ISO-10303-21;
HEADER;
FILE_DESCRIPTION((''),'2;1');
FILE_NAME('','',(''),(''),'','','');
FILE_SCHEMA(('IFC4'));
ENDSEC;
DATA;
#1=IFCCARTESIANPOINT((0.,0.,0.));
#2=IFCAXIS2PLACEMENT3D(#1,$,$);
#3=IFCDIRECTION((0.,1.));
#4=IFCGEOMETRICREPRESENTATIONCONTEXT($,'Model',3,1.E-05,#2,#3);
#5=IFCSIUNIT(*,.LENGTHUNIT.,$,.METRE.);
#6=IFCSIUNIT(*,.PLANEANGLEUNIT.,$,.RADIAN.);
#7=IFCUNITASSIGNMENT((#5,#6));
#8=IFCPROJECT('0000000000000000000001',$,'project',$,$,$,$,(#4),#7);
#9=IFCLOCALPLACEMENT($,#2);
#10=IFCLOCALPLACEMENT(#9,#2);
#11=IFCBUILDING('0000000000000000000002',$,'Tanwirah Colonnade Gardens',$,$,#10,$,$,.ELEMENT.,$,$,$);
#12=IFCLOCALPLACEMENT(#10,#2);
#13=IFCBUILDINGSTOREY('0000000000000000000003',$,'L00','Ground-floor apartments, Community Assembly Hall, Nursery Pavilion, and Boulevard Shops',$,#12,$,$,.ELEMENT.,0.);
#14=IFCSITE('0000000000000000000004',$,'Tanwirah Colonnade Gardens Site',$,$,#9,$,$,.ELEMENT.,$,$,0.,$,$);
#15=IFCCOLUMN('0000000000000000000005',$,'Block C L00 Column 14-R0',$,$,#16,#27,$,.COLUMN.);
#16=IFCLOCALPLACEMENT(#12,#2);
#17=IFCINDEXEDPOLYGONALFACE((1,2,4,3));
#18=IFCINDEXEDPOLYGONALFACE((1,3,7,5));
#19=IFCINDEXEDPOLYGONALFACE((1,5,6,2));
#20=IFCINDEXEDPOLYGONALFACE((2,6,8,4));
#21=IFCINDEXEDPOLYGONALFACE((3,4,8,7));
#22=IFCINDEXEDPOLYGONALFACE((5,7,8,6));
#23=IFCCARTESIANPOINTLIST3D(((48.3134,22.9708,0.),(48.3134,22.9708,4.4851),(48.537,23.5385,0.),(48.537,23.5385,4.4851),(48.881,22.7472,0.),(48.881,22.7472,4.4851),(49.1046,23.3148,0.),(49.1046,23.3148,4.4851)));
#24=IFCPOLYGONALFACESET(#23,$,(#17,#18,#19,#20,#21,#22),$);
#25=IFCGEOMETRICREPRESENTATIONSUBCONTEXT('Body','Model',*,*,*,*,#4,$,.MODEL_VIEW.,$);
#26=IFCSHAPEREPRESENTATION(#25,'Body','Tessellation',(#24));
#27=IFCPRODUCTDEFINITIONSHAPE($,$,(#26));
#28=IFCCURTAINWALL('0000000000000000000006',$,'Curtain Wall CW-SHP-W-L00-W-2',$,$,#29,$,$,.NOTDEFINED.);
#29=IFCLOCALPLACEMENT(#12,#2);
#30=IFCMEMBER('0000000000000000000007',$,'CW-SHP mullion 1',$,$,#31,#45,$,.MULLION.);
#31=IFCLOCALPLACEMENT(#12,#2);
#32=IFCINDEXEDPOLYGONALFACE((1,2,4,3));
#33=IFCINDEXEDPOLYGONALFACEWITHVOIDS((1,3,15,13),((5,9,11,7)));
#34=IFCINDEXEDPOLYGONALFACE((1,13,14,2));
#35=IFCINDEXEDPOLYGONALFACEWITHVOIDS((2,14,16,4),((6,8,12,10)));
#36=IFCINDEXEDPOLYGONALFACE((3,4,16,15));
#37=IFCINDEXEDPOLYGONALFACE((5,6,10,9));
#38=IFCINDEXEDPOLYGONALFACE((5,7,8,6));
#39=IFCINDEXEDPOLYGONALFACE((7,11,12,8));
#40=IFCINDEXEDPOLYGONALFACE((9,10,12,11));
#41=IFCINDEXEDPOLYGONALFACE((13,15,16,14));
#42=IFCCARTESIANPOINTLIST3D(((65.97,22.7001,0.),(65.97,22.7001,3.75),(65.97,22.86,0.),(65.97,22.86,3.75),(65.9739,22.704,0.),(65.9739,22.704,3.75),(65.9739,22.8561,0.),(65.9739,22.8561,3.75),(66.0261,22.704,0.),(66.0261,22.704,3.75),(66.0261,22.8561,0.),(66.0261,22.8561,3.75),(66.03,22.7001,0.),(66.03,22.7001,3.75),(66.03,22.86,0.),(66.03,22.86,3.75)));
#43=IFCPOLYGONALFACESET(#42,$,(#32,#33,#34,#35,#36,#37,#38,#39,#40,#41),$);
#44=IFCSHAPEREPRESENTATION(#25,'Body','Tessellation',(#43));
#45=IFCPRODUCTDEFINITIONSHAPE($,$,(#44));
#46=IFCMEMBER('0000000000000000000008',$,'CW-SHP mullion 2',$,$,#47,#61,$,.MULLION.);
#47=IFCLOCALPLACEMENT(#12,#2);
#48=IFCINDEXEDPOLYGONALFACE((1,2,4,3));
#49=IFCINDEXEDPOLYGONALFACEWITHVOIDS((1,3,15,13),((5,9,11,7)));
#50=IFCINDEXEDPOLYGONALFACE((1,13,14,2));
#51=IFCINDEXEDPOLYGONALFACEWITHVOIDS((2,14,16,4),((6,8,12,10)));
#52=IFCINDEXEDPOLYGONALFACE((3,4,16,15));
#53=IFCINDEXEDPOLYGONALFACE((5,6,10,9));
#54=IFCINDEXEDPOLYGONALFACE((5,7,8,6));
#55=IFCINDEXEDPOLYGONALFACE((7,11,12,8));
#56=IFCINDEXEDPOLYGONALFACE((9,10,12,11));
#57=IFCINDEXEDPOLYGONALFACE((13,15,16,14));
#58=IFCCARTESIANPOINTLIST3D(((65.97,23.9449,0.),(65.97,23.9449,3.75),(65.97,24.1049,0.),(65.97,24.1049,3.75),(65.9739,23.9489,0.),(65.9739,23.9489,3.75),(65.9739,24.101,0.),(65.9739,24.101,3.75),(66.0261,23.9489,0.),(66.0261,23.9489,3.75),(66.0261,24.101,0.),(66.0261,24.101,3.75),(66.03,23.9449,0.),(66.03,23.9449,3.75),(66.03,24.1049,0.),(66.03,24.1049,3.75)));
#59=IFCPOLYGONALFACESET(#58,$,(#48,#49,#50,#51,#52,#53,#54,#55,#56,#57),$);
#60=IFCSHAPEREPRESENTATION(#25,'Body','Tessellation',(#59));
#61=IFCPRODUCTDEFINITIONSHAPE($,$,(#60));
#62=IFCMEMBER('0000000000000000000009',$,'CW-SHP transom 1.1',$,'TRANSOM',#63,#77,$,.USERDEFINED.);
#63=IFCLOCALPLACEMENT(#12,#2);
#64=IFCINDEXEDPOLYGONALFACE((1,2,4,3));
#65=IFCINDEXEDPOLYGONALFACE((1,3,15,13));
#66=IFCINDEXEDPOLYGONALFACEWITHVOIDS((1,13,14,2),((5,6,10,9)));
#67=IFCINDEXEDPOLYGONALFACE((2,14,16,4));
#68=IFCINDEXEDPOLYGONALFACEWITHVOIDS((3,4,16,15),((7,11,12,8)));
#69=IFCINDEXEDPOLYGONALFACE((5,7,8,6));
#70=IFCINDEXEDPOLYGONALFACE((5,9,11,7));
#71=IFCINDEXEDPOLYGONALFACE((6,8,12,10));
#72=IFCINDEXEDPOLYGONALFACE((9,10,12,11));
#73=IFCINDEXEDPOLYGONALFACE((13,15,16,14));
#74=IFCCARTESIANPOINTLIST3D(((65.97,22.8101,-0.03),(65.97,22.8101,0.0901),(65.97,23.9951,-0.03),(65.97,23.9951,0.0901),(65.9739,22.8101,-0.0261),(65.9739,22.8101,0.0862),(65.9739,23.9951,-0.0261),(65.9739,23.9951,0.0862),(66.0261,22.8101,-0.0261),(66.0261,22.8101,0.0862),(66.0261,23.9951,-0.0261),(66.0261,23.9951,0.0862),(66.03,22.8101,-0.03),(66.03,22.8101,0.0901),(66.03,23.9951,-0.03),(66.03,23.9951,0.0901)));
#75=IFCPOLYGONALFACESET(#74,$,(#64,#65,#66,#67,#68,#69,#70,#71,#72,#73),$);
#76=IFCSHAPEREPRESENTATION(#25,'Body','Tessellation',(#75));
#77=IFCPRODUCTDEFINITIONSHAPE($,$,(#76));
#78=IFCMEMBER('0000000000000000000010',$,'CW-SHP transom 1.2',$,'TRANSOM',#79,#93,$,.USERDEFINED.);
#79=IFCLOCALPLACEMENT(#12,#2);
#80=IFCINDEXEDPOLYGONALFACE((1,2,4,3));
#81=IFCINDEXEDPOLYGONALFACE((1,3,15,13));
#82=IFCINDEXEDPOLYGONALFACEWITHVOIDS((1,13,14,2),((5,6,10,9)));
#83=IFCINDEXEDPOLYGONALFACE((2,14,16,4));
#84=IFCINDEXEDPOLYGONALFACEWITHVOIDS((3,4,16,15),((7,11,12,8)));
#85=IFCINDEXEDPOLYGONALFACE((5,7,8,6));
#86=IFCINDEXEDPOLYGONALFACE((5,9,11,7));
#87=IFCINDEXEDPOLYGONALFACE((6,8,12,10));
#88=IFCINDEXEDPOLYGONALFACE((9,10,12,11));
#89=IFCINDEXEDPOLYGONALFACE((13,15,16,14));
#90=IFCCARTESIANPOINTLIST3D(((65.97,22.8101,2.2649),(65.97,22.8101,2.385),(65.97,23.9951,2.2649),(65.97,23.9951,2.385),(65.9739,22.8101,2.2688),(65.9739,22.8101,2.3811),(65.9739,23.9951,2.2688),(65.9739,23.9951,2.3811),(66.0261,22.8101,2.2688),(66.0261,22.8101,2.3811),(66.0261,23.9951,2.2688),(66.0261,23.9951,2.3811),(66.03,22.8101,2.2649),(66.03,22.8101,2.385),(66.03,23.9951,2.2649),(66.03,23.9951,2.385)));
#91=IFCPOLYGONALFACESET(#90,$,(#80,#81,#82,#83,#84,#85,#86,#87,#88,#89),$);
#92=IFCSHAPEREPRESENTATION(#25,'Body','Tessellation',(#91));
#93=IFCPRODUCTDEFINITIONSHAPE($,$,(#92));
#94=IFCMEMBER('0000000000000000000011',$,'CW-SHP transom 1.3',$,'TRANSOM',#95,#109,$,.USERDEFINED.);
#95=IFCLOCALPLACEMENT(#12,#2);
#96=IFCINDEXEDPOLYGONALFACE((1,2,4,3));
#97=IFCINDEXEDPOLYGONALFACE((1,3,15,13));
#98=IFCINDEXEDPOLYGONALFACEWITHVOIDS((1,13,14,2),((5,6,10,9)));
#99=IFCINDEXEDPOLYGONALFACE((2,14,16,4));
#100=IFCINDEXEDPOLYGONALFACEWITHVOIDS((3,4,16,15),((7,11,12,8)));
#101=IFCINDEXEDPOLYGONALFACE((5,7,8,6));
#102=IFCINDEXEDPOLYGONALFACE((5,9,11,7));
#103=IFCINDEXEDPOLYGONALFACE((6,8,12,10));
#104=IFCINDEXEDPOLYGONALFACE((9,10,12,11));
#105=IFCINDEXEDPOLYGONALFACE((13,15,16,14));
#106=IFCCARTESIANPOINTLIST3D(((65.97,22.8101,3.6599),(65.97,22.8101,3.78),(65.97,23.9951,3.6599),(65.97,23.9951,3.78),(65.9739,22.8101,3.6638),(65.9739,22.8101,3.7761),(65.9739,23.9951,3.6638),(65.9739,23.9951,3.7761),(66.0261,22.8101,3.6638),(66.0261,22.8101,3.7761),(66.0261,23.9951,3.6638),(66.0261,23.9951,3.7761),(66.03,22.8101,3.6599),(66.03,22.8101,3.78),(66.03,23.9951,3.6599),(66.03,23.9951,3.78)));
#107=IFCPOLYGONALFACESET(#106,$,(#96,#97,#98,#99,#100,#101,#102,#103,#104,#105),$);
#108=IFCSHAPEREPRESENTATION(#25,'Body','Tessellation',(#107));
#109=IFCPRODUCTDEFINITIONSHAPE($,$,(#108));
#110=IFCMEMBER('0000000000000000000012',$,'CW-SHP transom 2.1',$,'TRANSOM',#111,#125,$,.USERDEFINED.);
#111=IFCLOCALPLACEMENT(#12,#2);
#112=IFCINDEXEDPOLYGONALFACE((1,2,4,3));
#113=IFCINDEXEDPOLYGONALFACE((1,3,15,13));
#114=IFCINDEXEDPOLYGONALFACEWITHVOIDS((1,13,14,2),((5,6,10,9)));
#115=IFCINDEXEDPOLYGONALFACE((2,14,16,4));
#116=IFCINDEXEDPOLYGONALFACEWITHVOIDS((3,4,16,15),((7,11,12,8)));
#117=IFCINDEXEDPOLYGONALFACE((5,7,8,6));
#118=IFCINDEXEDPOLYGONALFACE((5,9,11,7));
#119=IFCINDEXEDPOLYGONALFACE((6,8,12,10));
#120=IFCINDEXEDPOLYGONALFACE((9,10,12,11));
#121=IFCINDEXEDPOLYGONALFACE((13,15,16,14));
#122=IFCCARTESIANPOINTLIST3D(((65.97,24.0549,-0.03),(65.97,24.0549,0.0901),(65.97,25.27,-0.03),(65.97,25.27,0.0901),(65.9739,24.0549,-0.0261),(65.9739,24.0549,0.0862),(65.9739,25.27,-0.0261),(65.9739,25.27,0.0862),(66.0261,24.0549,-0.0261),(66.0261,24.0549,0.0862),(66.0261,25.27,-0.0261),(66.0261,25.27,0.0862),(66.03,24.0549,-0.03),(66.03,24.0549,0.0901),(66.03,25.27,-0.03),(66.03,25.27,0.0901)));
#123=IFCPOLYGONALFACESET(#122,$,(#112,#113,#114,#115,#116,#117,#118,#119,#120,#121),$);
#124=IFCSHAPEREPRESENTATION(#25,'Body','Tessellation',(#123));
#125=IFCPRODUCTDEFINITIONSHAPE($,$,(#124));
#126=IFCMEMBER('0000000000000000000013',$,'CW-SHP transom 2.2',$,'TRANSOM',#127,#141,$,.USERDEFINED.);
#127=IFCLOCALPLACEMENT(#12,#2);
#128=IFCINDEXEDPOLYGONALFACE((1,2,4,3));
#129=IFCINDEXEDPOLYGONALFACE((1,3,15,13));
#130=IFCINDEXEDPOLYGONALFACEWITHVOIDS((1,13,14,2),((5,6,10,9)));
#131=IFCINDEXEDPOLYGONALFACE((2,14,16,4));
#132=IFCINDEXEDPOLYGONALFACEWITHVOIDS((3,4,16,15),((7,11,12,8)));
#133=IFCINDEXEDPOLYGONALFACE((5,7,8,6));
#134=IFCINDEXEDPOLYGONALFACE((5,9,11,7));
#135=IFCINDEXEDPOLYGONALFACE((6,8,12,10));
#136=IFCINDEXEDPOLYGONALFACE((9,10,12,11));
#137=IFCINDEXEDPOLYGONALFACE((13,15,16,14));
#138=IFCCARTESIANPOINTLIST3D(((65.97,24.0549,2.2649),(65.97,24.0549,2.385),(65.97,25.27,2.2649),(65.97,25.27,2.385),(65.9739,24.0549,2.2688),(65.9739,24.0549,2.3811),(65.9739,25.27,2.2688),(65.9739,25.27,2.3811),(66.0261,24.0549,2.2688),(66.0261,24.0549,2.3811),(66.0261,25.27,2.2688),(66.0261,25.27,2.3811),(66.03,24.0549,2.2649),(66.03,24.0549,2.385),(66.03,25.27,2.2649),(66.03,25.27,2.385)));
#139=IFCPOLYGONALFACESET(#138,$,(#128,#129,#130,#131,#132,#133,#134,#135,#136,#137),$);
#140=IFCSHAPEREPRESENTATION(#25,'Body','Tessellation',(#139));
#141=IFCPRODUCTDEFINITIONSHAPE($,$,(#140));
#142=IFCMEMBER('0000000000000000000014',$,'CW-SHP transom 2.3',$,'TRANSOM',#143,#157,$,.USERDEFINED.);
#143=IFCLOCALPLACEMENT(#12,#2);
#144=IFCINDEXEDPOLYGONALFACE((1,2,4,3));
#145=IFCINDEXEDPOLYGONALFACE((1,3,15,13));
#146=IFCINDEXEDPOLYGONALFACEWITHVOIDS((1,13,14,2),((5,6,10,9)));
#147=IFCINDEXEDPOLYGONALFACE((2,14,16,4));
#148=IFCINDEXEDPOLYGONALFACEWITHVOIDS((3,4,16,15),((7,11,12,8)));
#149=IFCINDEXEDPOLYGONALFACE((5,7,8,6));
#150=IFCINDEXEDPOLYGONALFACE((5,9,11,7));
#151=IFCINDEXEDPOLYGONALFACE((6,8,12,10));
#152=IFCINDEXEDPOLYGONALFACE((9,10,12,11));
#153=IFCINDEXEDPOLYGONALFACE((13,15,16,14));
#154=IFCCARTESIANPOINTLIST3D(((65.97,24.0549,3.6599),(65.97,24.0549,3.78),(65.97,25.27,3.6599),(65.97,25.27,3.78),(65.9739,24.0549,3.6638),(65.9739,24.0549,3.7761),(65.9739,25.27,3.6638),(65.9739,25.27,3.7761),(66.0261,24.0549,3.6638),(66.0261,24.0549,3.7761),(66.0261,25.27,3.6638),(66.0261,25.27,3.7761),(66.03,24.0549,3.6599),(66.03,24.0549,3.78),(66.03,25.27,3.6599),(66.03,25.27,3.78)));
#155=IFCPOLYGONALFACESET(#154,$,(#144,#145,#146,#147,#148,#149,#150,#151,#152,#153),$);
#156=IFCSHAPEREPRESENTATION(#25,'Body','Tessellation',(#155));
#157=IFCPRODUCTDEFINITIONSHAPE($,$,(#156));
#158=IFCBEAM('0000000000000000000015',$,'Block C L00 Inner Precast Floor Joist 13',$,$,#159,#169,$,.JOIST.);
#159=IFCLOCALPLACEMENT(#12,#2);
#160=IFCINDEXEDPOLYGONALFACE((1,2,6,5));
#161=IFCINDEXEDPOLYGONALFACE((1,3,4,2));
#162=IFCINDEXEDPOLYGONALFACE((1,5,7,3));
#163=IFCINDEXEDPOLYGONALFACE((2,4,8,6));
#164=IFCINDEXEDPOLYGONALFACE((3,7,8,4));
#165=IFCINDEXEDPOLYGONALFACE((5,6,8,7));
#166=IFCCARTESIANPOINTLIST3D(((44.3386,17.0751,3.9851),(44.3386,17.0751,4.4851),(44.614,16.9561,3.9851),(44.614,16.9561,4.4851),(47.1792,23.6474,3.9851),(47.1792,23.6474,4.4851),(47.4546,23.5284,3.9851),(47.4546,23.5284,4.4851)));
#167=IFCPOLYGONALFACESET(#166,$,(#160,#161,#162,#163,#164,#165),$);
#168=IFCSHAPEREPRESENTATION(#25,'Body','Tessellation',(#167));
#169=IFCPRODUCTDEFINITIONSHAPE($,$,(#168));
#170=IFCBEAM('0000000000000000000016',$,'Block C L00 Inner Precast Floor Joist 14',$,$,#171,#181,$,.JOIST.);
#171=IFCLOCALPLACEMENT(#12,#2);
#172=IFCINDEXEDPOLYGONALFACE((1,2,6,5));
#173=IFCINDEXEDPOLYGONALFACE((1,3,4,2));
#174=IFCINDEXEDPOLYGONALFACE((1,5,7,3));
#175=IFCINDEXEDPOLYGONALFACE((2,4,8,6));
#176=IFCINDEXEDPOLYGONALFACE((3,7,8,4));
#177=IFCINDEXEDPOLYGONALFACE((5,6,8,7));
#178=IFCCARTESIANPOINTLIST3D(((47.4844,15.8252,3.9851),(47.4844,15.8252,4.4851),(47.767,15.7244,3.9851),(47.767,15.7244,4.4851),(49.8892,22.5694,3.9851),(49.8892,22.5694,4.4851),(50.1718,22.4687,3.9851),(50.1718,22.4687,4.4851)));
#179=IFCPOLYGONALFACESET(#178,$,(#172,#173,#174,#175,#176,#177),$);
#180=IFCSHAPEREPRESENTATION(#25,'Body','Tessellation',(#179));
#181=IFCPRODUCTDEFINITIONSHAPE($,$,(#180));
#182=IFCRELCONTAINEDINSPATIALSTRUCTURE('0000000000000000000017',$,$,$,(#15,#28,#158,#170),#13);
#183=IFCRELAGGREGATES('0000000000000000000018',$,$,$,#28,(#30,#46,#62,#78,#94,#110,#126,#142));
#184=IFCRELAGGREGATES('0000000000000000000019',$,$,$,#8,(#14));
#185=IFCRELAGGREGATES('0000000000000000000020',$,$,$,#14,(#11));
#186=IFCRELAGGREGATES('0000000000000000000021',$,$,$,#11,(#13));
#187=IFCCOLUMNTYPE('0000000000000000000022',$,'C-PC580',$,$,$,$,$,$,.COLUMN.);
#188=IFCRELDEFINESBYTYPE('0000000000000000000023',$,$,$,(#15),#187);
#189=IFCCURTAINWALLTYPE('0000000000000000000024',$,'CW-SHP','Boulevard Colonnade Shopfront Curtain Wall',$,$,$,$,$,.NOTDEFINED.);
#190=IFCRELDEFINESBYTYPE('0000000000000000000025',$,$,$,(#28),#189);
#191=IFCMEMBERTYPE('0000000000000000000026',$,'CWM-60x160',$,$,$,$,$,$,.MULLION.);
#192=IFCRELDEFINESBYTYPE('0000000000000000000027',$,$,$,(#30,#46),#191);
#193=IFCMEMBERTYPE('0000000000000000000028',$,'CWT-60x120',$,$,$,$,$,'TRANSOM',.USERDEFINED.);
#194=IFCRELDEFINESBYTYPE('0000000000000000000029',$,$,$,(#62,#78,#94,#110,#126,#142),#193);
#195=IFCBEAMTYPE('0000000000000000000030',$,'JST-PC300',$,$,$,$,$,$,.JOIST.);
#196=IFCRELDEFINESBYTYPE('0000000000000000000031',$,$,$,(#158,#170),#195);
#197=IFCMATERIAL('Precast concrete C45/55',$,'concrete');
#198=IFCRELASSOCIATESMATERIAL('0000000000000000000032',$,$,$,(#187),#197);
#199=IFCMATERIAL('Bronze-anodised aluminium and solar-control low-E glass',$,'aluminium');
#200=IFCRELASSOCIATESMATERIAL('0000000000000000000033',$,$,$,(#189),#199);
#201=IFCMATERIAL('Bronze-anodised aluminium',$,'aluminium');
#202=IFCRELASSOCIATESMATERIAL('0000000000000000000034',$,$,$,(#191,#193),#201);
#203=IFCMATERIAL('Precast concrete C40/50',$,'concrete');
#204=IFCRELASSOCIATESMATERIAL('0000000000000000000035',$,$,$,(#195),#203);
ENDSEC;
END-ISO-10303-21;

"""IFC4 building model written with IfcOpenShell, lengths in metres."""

from ifc_helpers import new_model, si_unit, direction, frame, origin, origin_2d, place, context, subcontext, project, spatial, rectangle, hollow_rectangle, extrude, material, material_profile, profile_set, type_object, element, aggregate, save


model = new_model("IFC4")

# Units and contexts
model_context = context("Model", 3, precision=1e-05, world=origin(), true_north=direction((0.0, 1.0)))
body_context = subcontext(model_context, "Body", "Model", "MODEL_VIEW")
ifc_project = project(units=[si_unit("LENGTHUNIT", "METRE"), si_unit("PLANEANGLEUNIT", "RADIAN")], contexts=[model_context])

# Site, building, storey
site_placement = place(None, origin())
site = spatial("IfcSite", under=ifc_project, at=site_placement, Name="Tanwirah Colonnade Gardens Site", CompositionType="ELEMENT", RefElevation=0.0)
building_placement = place(site_placement, origin())
building = spatial("IfcBuilding", under=site, at=building_placement, Name="Tanwirah Colonnade Gardens", CompositionType="ELEMENT")
storey_placement = place(building_placement, origin())
storey = spatial("IfcBuildingStorey", under=building, at=storey_placement, Name="L00", Description="Ground-floor apartments, Community Assembly Hall, Nursery Pavilion, and Boulevard Shops", CompositionType="ELEMENT", Elevation=0.0)

# Column
ifc_material_1 = material(Name="Precast concrete C45/55", Category="concrete")
ifc_material_profile_1 = material_profile(ifc_material_1, rectangle(XDim=0.6101, YDim=0.6101, at=origin_2d()), Name="PC-COL 610x610")
ifc_profile_set_1 = profile_set([ifc_material_profile_1], Name="Precast concrete C45/55")
column_type = type_object("IfcColumnType", Name="C-PC580", PredefinedType="COLUMN", material=ifc_profile_set_1)
column_placement = place(storey_placement, frame((48.709, 23.1428, 0.0), z_axis=(0.0, 0.0, 1.0), x_axis=(-0.366501, -0.930418, 0.0)))
element("IfcColumn", 1, at=column_placement, inside=storey, type_object=column_type, Name="Block C L00 Column 14-R0", PredefinedType="COLUMN", context=body_context, shape_type="SweptSolid", body=[
    extrude(rectangle(XDim=0.6101, YDim=0.6101, at=origin_2d()), origin(), (0.0, 0.0, 1.0), 4.4851),
])

# Curtain wall, members
ifc_material_2 = material(Name="Bronze-anodised aluminium and solar-control low-E glass", Category="aluminium")
curtain_wall_type = type_object("IfcCurtainWallType", Name="CW-SHP", Description="Boulevard Colonnade Shopfront Curtain Wall", PredefinedType="NOTDEFINED", material=ifc_material_2)
curtain_wall_placement = place(storey_placement, origin())
curtain_wall = element("IfcCurtainWall", 2, at=curtain_wall_placement, inside=storey, type_object=curtain_wall_type, Name="Curtain Wall CW-SHP-W-L00-W-2", PredefinedType="NOTDEFINED")
ifc_material_3 = material(Name="Bronze-anodised aluminium", Category="aluminium")
ifc_material_profile_2 = material_profile(ifc_material_3, hollow_rectangle(XDim=0.0601, YDim=0.1599, WallThickness=0.0039, at=origin_2d()), Name="CW-MUL 60x160x4")
ifc_profile_set_2 = profile_set([ifc_material_profile_2], Name="Bronze-anodised aluminium")
member_type_1 = type_object("IfcMemberType", Name="CWM-60x160", PredefinedType="MULLION", material=ifc_profile_set_2)
member_1_placement = place(storey_placement, frame((66.0, 22.78, 0.0), z_axis=(0.0, 0.0, 1.0), x_axis=(-1.0, 0.0, 0.0)))
member_1 = element("IfcMember", 3, at=member_1_placement, type_object=member_type_1, Name="CW-SHP mullion 1", PredefinedType="MULLION", context=body_context, shape_type="SweptSolid", body=[
    extrude(hollow_rectangle(XDim=0.0601, YDim=0.1599, WallThickness=0.0039, at=origin_2d()), origin(), (0.0, 0.0, 1.0), 3.75),
])
member_2_placement = place(storey_placement, frame((66.0, 24.0249, 0.0), z_axis=(0.0, 0.0, 1.0), x_axis=(-1.0, 0.0, 0.0)))
member_2 = element("IfcMember", 4, at=member_2_placement, type_object=member_type_1, Name="CW-SHP mullion 2", PredefinedType="MULLION", context=body_context, shape_type="SweptSolid", body=[
    extrude(hollow_rectangle(XDim=0.0601, YDim=0.1599, WallThickness=0.0039, at=origin_2d()), origin(), (0.0, 0.0, 1.0), 3.75),
])
ifc_material_profile_3 = material_profile(ifc_material_3, hollow_rectangle(XDim=0.0601, YDim=0.1201, WallThickness=0.0039, at=origin_2d()), Name="CW-TRN 60x120x4")
ifc_profile_set_3 = profile_set([ifc_material_profile_3], Name="Bronze-anodised aluminium")
member_type_2 = type_object("IfcMemberType", Name="CWT-60x120", ElementType="TRANSOM", PredefinedType="USERDEFINED", material=ifc_profile_set_3)
member_3_placement = place(storey_placement, frame((66.0, 22.8101, 0.03), z_axis=(0.0, 1.0, 0.0), x_axis=(-1.0, 0.0, 0.0)))
member_3 = element("IfcMember", 5, at=member_3_placement, type_object=member_type_2, Name="CW-SHP transom 1.1", ObjectType="TRANSOM", PredefinedType="USERDEFINED", context=body_context, shape_type="SweptSolid", body=[
    extrude(hollow_rectangle(XDim=0.0601, YDim=0.1201, WallThickness=0.0039, at=origin_2d()), origin(), (0.0, 0.0, 1.0), 1.1851),
])
member_4_placement = place(storey_placement, frame((66.0, 22.8101, 2.325), z_axis=(0.0, 1.0, 0.0), x_axis=(-1.0, 0.0, 0.0)))
member_4 = element("IfcMember", 6, at=member_4_placement, type_object=member_type_2, Name="CW-SHP transom 1.2", ObjectType="TRANSOM", PredefinedType="USERDEFINED", context=body_context, shape_type="SweptSolid", body=[
    extrude(hollow_rectangle(XDim=0.0601, YDim=0.1201, WallThickness=0.0039, at=origin_2d()), origin(), (0.0, 0.0, 1.0), 1.1851),
])
member_5_placement = place(storey_placement, frame((66.0, 22.8101, 3.72), z_axis=(0.0, 1.0, 0.0), x_axis=(-1.0, 0.0, 0.0)))
member_5 = element("IfcMember", 7, at=member_5_placement, type_object=member_type_2, Name="CW-SHP transom 1.3", ObjectType="TRANSOM", PredefinedType="USERDEFINED", context=body_context, shape_type="SweptSolid", body=[
    extrude(hollow_rectangle(XDim=0.0601, YDim=0.1201, WallThickness=0.0039, at=origin_2d()), origin(), (0.0, 0.0, 1.0), 1.1851),
])
member_6_placement = place(storey_placement, frame((66.0, 24.0549, 0.03), z_axis=(0.0, 1.0, 0.0), x_axis=(-1.0, 0.0, 0.0)))
member_6 = element("IfcMember", 8, at=member_6_placement, type_object=member_type_2, Name="CW-SHP transom 2.1", ObjectType="TRANSOM", PredefinedType="USERDEFINED", context=body_context, shape_type="SweptSolid", body=[
    extrude(hollow_rectangle(XDim=0.0601, YDim=0.1201, WallThickness=0.0039, at=origin_2d()), origin(), (0.0, 0.0, 1.0), 1.2151),
])
member_7_placement = place(storey_placement, frame((66.0, 24.0549, 2.325), z_axis=(0.0, 1.0, 0.0), x_axis=(-1.0, 0.0, 0.0)))
member_7 = element("IfcMember", 9, at=member_7_placement, type_object=member_type_2, Name="CW-SHP transom 2.2", ObjectType="TRANSOM", PredefinedType="USERDEFINED", context=body_context, shape_type="SweptSolid", body=[
    extrude(hollow_rectangle(XDim=0.0601, YDim=0.1201, WallThickness=0.0039, at=origin_2d()), origin(), (0.0, 0.0, 1.0), 1.2151),
])
member_8_placement = place(storey_placement, frame((66.0, 24.0549, 3.72), z_axis=(0.0, 1.0, 0.0), x_axis=(-1.0, 0.0, 0.0)))
member_8 = element("IfcMember", 10, at=member_8_placement, type_object=member_type_2, Name="CW-SHP transom 2.3", ObjectType="TRANSOM", PredefinedType="USERDEFINED", context=body_context, shape_type="SweptSolid", body=[
    extrude(hollow_rectangle(XDim=0.0601, YDim=0.1201, WallThickness=0.0039, at=origin_2d()), origin(), (0.0, 0.0, 1.0), 1.2151),
])

# Beams
ifc_material_4 = material(Name="Precast concrete C40/50", Category="concrete")
ifc_material_profile_4 = material_profile(ifc_material_4, rectangle(XDim=0.3, YDim=0.5, at=origin_2d()), Name="PC-JST 300x500")
ifc_profile_set_4 = profile_set([ifc_material_profile_4], Name="Precast concrete C40/50")
beam_type_1 = type_object("IfcBeamType", Name="JST-PC300", PredefinedType="JOIST", material=ifc_profile_set_4)
beam_1_placement = place(storey_placement, frame((47.3169, 23.5879, 4.2351), z_axis=(-0.396736, -0.917933, 0.0), x_axis=(0.917933, -0.396736, 0.0)))
element("IfcBeam", 11, at=beam_1_placement, inside=storey, type_object=beam_type_1, Name="Block C L00 Inner Precast Floor Joist 13", PredefinedType="JOIST", context=body_context, shape_type="SweptSolid", body=[
    extrude(rectangle(XDim=0.3, YDim=0.5, at=origin_2d()), origin(), (0.0, 0.0, 1.0), 7.1599),
])
beam_2_placement = place(storey_placement, frame((50.0305, 22.519, 4.2351), z_axis=(-0.335861, -0.941912, 0.0), x_axis=(0.941912, -0.335861, 0.0)))
element("IfcBeam", 12, at=beam_2_placement, inside=storey, type_object=beam_type_1, Name="Block C L00 Inner Precast Floor Joist 14", PredefinedType="JOIST", context=body_context, shape_type="SweptSolid", body=[
    extrude(rectangle(XDim=0.3, YDim=0.5, at=origin_2d()), origin(), (0.0, 0.0, 1.0), 7.1602),
])

aggregate(curtain_wall, [member_1, member_2, member_3, member_4, member_5, member_6, member_7, member_8])

save(model, "model.ifc")
